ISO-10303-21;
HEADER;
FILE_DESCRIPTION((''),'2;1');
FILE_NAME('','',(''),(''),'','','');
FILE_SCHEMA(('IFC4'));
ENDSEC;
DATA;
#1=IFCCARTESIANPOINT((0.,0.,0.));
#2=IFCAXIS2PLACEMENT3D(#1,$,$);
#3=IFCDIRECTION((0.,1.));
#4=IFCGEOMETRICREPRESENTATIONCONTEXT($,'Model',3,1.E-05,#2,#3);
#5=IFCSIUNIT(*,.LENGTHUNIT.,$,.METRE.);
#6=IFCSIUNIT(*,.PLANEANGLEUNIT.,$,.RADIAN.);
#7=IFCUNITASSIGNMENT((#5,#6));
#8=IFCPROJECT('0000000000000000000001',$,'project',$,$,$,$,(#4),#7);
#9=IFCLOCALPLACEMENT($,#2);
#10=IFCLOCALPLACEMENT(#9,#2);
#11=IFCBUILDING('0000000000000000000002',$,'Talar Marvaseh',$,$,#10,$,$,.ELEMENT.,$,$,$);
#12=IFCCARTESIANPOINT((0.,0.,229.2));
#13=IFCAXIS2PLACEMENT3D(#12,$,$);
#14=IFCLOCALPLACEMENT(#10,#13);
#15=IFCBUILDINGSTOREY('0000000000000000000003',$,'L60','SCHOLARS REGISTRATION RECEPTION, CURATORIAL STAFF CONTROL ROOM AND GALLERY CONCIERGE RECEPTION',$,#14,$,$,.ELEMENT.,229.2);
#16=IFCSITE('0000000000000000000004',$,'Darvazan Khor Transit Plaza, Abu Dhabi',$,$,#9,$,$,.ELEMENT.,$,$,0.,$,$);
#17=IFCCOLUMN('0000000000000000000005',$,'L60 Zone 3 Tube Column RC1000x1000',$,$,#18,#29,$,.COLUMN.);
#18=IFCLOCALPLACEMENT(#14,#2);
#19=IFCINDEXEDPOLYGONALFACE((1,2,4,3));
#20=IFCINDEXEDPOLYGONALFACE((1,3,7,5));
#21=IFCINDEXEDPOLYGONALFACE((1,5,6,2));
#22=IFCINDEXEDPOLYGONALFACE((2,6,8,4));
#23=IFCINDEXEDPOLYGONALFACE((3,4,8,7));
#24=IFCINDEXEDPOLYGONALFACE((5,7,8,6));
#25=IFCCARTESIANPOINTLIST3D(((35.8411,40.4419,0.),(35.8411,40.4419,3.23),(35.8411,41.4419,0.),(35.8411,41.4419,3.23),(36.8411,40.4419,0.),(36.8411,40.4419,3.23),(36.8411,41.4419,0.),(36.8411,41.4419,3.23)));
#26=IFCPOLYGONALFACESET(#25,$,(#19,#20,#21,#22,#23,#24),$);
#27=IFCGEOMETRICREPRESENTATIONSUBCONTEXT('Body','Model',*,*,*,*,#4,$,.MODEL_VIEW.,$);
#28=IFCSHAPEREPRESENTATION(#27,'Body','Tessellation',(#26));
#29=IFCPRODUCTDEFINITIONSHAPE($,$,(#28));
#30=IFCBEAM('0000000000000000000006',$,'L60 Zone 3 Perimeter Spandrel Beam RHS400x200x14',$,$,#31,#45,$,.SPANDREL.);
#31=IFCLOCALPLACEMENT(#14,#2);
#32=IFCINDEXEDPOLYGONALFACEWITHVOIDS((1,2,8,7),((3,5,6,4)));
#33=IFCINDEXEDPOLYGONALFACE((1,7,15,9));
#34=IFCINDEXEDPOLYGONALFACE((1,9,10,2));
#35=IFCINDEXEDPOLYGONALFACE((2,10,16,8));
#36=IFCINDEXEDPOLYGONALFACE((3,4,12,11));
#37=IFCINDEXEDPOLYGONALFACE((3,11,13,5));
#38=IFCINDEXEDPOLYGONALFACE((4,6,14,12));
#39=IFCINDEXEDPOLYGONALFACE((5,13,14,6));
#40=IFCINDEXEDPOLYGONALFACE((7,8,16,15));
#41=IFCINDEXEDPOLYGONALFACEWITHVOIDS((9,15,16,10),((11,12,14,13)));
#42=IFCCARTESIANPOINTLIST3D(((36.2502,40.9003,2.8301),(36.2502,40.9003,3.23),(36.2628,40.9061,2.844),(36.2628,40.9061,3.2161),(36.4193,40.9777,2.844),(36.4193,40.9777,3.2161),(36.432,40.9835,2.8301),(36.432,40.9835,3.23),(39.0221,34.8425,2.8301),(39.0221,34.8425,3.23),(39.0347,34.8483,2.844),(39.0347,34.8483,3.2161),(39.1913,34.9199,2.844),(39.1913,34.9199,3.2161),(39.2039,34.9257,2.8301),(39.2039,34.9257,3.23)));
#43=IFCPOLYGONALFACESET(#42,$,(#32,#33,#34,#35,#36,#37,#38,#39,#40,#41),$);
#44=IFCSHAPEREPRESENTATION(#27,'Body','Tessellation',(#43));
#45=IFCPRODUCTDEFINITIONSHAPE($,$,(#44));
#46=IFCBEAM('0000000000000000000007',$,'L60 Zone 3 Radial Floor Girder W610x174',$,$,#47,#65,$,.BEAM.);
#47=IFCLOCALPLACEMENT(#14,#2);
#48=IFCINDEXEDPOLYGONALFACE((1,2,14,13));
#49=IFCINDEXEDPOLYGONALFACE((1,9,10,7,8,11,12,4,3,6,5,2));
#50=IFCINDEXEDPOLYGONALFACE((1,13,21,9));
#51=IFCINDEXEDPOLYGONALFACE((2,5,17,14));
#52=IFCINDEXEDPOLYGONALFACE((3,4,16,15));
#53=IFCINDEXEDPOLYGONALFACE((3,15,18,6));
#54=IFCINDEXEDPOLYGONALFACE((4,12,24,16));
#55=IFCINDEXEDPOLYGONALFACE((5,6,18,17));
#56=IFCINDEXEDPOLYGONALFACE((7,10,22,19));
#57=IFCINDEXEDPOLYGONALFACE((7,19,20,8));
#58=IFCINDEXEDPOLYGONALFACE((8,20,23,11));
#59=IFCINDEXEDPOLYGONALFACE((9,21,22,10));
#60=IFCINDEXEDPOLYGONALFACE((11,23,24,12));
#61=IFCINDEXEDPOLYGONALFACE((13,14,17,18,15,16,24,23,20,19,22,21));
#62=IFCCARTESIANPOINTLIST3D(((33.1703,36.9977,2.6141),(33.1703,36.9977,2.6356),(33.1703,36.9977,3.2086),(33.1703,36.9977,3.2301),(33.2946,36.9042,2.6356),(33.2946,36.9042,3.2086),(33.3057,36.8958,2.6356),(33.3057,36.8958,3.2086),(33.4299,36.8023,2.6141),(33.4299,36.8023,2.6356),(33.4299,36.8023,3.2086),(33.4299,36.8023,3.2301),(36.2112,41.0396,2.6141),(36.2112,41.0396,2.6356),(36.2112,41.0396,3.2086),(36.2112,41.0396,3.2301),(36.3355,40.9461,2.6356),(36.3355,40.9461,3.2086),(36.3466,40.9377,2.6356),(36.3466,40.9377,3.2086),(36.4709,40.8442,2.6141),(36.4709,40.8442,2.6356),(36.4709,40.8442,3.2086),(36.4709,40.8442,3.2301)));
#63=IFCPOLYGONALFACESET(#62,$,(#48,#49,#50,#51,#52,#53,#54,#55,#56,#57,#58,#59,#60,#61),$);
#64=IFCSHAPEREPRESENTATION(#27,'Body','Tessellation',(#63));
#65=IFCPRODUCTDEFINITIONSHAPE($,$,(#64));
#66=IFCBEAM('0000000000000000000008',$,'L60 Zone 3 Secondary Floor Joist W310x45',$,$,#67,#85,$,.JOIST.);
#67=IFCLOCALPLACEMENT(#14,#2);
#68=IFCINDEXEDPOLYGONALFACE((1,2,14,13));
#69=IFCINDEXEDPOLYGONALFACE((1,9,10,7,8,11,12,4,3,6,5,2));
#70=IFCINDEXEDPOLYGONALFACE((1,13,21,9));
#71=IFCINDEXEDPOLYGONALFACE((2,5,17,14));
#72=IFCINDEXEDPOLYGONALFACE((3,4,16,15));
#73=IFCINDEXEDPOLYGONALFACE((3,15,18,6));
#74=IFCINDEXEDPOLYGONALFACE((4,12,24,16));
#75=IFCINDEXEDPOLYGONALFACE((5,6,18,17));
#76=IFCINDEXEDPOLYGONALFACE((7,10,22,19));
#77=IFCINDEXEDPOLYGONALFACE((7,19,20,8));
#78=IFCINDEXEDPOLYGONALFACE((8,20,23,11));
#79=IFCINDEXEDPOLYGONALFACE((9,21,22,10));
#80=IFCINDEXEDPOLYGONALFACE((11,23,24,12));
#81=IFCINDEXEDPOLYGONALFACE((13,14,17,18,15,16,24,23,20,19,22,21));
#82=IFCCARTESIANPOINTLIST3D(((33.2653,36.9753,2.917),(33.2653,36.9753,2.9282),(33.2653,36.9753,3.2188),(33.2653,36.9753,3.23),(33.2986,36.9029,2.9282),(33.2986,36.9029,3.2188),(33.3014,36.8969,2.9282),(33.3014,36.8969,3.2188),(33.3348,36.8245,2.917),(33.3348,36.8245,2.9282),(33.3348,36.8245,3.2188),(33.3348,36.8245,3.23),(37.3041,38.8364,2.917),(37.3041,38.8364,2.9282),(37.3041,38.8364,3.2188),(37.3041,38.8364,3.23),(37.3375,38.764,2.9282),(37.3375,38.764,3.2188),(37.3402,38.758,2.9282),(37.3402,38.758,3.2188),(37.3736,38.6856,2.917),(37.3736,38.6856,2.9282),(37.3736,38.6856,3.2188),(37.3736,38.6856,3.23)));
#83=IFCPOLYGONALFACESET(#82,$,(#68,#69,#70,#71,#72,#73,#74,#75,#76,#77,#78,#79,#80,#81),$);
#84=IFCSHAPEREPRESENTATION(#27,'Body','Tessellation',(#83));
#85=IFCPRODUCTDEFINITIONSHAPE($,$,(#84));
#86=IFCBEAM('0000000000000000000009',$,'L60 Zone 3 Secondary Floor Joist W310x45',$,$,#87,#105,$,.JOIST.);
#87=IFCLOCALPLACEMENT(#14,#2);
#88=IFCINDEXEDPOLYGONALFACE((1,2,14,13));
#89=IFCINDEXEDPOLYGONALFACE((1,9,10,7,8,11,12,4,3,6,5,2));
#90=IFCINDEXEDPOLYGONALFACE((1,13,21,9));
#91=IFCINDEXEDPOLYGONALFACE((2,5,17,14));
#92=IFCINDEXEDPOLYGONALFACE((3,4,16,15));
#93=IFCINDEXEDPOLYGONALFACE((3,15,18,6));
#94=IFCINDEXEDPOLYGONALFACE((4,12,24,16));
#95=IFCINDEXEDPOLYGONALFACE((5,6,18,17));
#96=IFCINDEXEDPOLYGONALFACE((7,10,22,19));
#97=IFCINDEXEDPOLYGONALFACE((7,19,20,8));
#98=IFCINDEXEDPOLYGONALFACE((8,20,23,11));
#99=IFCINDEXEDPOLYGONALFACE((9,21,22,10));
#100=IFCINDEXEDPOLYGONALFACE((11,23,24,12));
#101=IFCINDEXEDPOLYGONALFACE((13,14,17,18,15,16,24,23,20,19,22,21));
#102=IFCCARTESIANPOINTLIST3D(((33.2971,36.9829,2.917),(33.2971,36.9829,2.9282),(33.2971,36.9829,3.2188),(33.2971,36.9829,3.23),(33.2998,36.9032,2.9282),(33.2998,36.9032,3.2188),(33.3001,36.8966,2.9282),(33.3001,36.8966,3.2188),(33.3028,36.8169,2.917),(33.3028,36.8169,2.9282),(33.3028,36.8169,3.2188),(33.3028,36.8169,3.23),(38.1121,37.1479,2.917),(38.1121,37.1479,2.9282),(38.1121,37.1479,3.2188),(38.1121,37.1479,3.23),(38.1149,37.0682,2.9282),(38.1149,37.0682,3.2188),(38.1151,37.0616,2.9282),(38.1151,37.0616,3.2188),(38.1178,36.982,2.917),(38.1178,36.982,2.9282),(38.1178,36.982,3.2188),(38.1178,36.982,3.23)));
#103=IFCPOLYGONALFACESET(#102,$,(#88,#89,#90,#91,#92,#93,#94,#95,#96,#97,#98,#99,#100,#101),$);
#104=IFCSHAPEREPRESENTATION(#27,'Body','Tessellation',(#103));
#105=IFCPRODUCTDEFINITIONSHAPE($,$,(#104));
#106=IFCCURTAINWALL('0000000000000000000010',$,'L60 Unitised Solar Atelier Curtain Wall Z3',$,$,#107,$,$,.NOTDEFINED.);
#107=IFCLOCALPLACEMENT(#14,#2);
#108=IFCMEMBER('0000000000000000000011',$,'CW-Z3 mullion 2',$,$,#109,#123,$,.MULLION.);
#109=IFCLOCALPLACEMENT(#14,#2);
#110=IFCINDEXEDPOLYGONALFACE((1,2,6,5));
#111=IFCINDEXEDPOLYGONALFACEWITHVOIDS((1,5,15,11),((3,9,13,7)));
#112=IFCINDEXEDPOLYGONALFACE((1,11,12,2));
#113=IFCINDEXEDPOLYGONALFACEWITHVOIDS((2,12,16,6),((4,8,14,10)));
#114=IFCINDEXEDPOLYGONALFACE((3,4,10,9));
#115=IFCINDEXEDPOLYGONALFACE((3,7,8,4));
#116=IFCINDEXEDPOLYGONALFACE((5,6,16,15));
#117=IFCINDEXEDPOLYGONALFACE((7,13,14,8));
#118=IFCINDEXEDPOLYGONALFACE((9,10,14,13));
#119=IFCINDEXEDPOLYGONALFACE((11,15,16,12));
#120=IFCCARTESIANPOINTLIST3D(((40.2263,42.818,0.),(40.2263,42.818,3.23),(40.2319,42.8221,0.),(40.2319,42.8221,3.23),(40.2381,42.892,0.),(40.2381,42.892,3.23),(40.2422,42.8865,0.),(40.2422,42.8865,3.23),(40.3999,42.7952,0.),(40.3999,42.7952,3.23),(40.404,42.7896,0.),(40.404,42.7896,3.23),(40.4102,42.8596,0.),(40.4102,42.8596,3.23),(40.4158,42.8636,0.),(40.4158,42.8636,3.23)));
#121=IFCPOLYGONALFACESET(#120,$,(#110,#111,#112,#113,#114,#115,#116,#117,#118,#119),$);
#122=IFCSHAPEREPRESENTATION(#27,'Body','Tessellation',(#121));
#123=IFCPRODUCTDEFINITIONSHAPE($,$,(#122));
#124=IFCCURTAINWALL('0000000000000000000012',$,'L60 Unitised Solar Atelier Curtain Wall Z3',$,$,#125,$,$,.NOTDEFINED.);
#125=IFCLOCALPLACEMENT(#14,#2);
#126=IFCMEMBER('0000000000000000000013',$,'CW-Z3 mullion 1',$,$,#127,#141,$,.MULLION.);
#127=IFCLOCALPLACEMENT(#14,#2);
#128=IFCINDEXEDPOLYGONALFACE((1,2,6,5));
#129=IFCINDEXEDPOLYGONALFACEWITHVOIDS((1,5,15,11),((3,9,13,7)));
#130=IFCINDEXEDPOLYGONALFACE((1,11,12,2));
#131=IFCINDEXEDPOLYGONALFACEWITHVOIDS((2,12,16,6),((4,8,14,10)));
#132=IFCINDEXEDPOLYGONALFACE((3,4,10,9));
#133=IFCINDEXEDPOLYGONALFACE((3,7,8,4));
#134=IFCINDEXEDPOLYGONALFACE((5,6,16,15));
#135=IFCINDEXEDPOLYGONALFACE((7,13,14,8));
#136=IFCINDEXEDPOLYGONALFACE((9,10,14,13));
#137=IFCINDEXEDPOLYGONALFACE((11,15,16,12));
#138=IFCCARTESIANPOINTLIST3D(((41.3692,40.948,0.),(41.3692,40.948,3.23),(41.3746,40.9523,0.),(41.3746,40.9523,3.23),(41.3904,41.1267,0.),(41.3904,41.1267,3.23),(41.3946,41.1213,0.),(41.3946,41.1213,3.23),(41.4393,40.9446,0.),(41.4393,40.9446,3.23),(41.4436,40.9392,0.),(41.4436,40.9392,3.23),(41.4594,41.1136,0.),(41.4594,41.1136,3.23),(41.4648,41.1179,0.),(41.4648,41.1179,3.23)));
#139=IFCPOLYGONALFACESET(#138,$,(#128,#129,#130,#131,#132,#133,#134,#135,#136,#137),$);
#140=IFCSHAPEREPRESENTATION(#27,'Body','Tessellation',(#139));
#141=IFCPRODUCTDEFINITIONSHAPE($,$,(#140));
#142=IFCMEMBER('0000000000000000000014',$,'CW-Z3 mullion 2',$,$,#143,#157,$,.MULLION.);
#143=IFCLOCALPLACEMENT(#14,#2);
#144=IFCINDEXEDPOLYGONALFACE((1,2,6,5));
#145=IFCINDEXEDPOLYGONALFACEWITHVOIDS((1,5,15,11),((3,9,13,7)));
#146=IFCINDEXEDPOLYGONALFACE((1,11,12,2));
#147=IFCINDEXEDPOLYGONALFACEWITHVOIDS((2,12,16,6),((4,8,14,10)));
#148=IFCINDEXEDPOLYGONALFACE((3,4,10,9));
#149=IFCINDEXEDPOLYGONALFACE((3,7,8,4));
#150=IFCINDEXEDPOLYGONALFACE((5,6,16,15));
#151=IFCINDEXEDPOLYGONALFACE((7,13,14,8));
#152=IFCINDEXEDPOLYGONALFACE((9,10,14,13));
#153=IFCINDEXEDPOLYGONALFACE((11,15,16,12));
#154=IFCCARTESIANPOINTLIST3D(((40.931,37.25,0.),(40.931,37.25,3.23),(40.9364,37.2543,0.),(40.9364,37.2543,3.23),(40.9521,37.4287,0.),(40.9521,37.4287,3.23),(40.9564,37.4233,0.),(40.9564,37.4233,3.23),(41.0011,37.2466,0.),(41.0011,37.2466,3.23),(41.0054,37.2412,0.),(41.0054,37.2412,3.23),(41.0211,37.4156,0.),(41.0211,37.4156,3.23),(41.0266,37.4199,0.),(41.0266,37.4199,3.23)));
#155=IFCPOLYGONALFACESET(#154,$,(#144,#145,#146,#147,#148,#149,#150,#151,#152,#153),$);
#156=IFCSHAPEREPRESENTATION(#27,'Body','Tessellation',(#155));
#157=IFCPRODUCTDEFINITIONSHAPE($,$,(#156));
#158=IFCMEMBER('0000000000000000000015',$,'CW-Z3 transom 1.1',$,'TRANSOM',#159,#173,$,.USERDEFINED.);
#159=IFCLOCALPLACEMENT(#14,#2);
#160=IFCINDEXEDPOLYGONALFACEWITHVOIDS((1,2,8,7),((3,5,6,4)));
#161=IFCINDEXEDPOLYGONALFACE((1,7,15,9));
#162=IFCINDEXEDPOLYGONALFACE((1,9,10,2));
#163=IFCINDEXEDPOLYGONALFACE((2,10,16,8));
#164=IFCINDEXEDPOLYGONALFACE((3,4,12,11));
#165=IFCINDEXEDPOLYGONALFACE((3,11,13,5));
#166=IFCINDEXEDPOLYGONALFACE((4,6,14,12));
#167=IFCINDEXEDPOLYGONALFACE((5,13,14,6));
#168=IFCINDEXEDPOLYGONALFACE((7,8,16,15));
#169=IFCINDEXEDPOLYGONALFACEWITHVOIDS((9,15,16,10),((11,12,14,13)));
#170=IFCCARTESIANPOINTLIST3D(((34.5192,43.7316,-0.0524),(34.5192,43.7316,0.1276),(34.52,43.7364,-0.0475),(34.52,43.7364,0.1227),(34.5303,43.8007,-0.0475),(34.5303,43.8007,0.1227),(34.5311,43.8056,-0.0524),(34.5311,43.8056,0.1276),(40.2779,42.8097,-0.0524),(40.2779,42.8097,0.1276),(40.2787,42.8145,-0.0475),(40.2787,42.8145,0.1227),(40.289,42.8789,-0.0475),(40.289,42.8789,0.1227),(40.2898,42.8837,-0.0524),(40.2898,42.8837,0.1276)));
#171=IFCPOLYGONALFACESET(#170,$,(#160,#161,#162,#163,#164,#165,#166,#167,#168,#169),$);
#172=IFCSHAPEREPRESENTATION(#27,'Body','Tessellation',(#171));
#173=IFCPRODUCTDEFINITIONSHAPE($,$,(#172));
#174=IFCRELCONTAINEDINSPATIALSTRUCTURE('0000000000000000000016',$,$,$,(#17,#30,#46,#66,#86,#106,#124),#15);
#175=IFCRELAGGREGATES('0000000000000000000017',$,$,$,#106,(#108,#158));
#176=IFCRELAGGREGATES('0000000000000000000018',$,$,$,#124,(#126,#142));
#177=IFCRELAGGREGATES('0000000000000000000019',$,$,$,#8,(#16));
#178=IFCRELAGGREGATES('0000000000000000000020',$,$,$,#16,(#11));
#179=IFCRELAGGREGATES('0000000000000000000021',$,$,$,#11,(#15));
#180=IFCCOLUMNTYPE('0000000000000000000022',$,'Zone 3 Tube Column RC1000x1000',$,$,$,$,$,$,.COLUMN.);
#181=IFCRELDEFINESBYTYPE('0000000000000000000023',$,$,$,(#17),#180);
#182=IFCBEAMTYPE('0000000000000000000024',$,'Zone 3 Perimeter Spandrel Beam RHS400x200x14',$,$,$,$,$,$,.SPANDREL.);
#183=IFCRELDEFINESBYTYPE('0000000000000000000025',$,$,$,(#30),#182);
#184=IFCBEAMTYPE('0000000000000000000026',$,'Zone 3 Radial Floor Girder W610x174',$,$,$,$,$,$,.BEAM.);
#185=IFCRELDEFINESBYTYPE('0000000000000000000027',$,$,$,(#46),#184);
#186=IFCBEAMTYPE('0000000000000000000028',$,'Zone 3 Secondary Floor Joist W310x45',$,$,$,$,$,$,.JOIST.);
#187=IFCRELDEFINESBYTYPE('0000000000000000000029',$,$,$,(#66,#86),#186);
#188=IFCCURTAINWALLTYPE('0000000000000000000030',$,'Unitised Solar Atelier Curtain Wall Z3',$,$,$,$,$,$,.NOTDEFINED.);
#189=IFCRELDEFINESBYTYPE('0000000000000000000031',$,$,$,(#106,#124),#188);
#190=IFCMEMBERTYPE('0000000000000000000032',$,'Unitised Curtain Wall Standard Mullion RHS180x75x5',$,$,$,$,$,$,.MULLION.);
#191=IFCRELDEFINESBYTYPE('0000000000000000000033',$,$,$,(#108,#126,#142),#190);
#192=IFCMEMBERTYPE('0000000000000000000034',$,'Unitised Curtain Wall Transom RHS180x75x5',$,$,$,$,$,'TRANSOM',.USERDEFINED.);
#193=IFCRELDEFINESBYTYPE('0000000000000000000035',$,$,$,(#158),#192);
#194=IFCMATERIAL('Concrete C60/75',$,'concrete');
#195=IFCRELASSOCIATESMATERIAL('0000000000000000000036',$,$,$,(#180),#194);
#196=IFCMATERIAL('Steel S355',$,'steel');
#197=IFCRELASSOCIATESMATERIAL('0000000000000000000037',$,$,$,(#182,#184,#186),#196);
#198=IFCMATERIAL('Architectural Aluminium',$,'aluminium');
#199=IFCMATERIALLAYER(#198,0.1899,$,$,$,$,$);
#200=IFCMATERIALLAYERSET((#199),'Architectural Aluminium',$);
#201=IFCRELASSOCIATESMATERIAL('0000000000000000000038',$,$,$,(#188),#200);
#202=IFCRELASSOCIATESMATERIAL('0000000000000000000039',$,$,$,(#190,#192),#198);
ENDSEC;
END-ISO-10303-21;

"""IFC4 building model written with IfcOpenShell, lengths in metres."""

from ifc_helpers import new_model, si_unit, direction, frame, origin, origin_2d, place, context, subcontext, project, spatial, rectangle, hollow_rectangle, i_section, extrude, source, transform, mapped, material, layer, layer_set, material_profile, profile_set, type_object, type_shapes, element, aggregate, save


model = new_model("IFC4")

# Units and contexts
model_context = context("Model", 3, precision=1e-05, world=origin(), true_north=direction((0.0, 1.0)))
body_context = subcontext(model_context, "Body", "Model", "MODEL_VIEW")
ifc_project = project(units=[si_unit("LENGTHUNIT", "METRE"), si_unit("PLANEANGLEUNIT", "RADIAN")], contexts=[model_context])

# Site, building, storey
site_placement = place(None, origin())
site = spatial("IfcSite", under=ifc_project, at=site_placement, Name="Darvazan Khor Transit Plaza, Abu Dhabi", CompositionType="ELEMENT", RefElevation=0.0)
building_placement = place(site_placement, origin())
building = spatial("IfcBuilding", under=site, at=building_placement, Name="Talar Marvaseh", CompositionType="ELEMENT")
storey_placement = place(building_placement, frame((0.0, 0.0, 229.2)))
storey = spatial("IfcBuildingStorey", under=building, at=storey_placement, Name="L60", Description="SCHOLARS REGISTRATION RECEPTION, CURATORIAL STAFF CONTROL ROOM AND GALLERY CONCIERGE RECEPTION", CompositionType="ELEMENT", Elevation=229.2)

# Column
ifc_material_1 = material(Name="Concrete C60/75", Category="concrete")
ifc_material_profile_1 = material_profile(ifc_material_1, rectangle(XDim=1.0, YDim=1.0, at=origin_2d()), Name="RC1000x1000")
ifc_profile_set_1 = profile_set([ifc_material_profile_1], Name="Concrete C60/75")
column_type = type_object("IfcColumnType", Name="Zone 3 Tube Column RC1000x1000", PredefinedType="COLUMN", material=ifc_profile_set_1)
column_placement = place(storey_placement, frame((36.3411, 40.9419, 0.0), z_axis=(0.0, 0.0, 1.0), x_axis=(1.0, 0.0, 0.0)))
element("IfcColumn", 1, at=column_placement, inside=storey, type_object=column_type, Name="L60 Zone 3 Tube Column RC1000x1000", PredefinedType="COLUMN", context=body_context, shape_type="SweptSolid", body=[
    extrude(rectangle(XDim=1.0, YDim=1.0, at=origin_2d()), origin(), (0.0, 0.0, 1.0), 3.23),
])

# Beams
ifc_material_2 = material(Name="Steel S355", Category="steel")
ifc_material_profile_2 = material_profile(ifc_material_2, hollow_rectangle(XDim=0.2, YDim=0.3999, WallThickness=0.0139, at=origin_2d()), Name="RHS400x200x14")
ifc_profile_set_2 = profile_set([ifc_material_profile_2], Name="Steel S355")
beam_type_1 = type_object("IfcBeamType", Name="Zone 3 Perimeter Spandrel Beam RHS400x200x14", PredefinedType="SPANDREL", material=ifc_profile_set_2)
beam_1_placement = place(storey_placement, frame((36.3411, 40.9419, 3.03), z_axis=(0.416091, -0.909323, 0.0), x_axis=(0.909323, 0.416091, 0.0)))
element("IfcBeam", 2, at=beam_1_placement, inside=storey, type_object=beam_type_1, Name="L60 Zone 3 Perimeter Spandrel Beam RHS400x200x14", PredefinedType="SPANDREL", context=body_context, shape_type="SweptSolid", body=[
    extrude(hollow_rectangle(XDim=0.2, YDim=0.3999, WallThickness=0.0139, at=origin_2d()), origin(), (0.0, 0.0, 1.0), 6.6619),
])
ifc_material_profile_3 = material_profile(ifc_material_2, i_section(OverallWidth=0.325, OverallDepth=0.616, WebThickness=0.0139, FlangeThickness=0.0215, at=origin_2d()), Name="W610x174")
ifc_profile_set_3 = profile_set([ifc_material_profile_3], Name="Steel S355")
beam_type_2 = type_object("IfcBeamType", Name="Zone 3 Radial Floor Girder W610x174", PredefinedType="BEAM", material=ifc_profile_set_3)
beam_2_placement = place(storey_placement, frame((36.3411, 40.9419, 2.9221), z_axis=(-0.601204, -0.799096, 0.0), x_axis=(0.799096, -0.601204, 0.0)))
element("IfcBeam", 3, at=beam_2_placement, inside=storey, type_object=beam_type_2, Name="L60 Zone 3 Radial Floor Girder W610x174", PredefinedType="BEAM", context=body_context, shape_type="SweptSolid", body=[
    extrude(i_section(OverallWidth=0.325, OverallDepth=0.616, WebThickness=0.0139, FlangeThickness=0.0215, at=origin_2d()), origin(), (0.0, 0.0, 1.0), 5.0581),
])
ifc_material_profile_4 = material_profile(ifc_material_2, i_section(OverallWidth=0.166, OverallDepth=0.313, WebThickness=0.0066, FlangeThickness=0.0112, at=origin_2d()), Name="W310x45")
ifc_profile_set_4 = profile_set([ifc_material_profile_4], Name="Steel S355")
beam_type_3 = type_object("IfcBeamType", Name="Zone 3 Secondary Floor Joist W310x45", PredefinedType="JOIST", material=ifc_profile_set_4)
beam_3_placement = place(storey_placement, frame((37.3389, 38.761, 3.0735), z_axis=(-0.908215, -0.418505, 0.0), x_axis=(0.418505, -0.908215, 0.0)))
element("IfcBeam", 4, at=beam_3_placement, inside=storey, type_object=beam_type_3, Name="L60 Zone 3 Secondary Floor Joist W310x45", PredefinedType="JOIST", context=body_context, shape_type="SweptSolid", body=[
    extrude(i_section(OverallWidth=0.166, OverallDepth=0.313, WebThickness=0.0066, FlangeThickness=0.0112, at=origin_2d()), origin(), (0.0, 0.0, 1.0), 4.447),
])
beam_4_placement = place(storey_placement, frame((38.115, 37.0649, 3.0735), z_axis=(-0.999413, -0.034256, 0.0), x_axis=(0.034256, -0.999413, 0.0)))
element("IfcBeam", 5, at=beam_4_placement, inside=storey, type_object=beam_type_3, Name="L60 Zone 3 Secondary Floor Joist W310x45", PredefinedType="JOIST", context=body_context, shape_type="SweptSolid", body=[
    extrude(i_section(OverallWidth=0.166, OverallDepth=0.313, WebThickness=0.0066, FlangeThickness=0.0112, at=origin_2d()), origin(), (0.0, 0.0, 1.0), 4.8179),
])

# Curtain wall, member
ifc_material_3 = material(Name="Architectural Aluminium", Category="aluminium")
ifc_layer_1 = layer(ifc_material_3, 0.1899)
ifc_layer_set_1 = layer_set([ifc_layer_1], Name="Architectural Aluminium")
curtain_wall_type = type_object("IfcCurtainWallType", Name="Unitised Solar Atelier Curtain Wall Z3", PredefinedType="NOTDEFINED", material=ifc_layer_set_1)
curtain_wall_1_placement = place(storey_placement, origin())
curtain_wall_1 = element("IfcCurtainWall", 6, at=curtain_wall_1_placement, inside=storey, type_object=curtain_wall_type, Name="L60 Unitised Solar Atelier Curtain Wall Z3", PredefinedType="NOTDEFINED")
ifc_material_profile_5 = material_profile(ifc_material_3, hollow_rectangle(XDim=0.075, YDim=0.1799, WallThickness=0.0049, at=origin_2d()), Name="RHS180x75x5")
ifc_profile_set_5 = profile_set([ifc_material_profile_5], Name="Architectural Aluminium")
member_type_1 = type_object("IfcMemberType", Name="Unitised Curtain Wall Standard Mullion RHS180x75x5", PredefinedType="MULLION", material=ifc_profile_set_5)
shared_shape_1 = source(origin(), body_context, "Body", "SweptSolid", [
    extrude(hollow_rectangle(XDim=0.075, YDim=0.1799, WallThickness=0.0049, at=origin_2d()), origin(), (0.0, 0.0, 1.0), 3.23),
])
type_shapes(member_type_1, [shared_shape_1])
member_1_placement = place(storey_placement, frame((40.321, 42.8408, 0.0), z_axis=(0.0, 0.0, 1.0), x_axis=(0.158085, 0.987426, 0.0)))
member_1 = element("IfcMember", 7, at=member_1_placement, type_object=member_type_1, Name="CW-Z3 mullion 2", PredefinedType="MULLION", context=body_context, shape_type="MappedRepresentation", body=[
    mapped(shared_shape_1, transform((0.0, 0.0, 0.0), x_axis=(1.0, 0.0, 0.0), y_axis=(0.0, 1.0, 0.0), z_axis=(0.0, 0.0, 1.0), scale=1.0)),
])

# Curtain wall, members
curtain_wall_2_placement = place(storey_placement, origin())
curtain_wall_2 = element("IfcCurtainWall", 8, at=curtain_wall_2_placement, inside=storey, type_object=curtain_wall_type, Name="L60 Unitised Solar Atelier Curtain Wall Z3", PredefinedType="NOTDEFINED")
member_2_placement = place(storey_placement, frame((41.417, 41.033, 0.0), z_axis=(0.0, 0.0, 1.0), x_axis=(0.993051, -0.117689, 0.0)))
member_2 = element("IfcMember", 9, at=member_2_placement, type_object=member_type_1, Name="CW-Z3 mullion 1", PredefinedType="MULLION", context=body_context, shape_type="MappedRepresentation", body=[
    mapped(shared_shape_1, transform((0.0, 0.0, 0.0), x_axis=(1.0, 0.0, 0.0), y_axis=(0.0, 1.0, 0.0), z_axis=(0.0, 0.0, 1.0), scale=1.0)),
])
member_3_placement = place(storey_placement, frame((40.9788, 37.335, 0.0), z_axis=(0.0, 0.0, 1.0), x_axis=(0.993051, -0.117689, 0.0)))
member_3 = element("IfcMember", 10, at=member_3_placement, type_object=member_type_1, Name="CW-Z3 mullion 2", PredefinedType="MULLION", context=body_context, shape_type="MappedRepresentation", body=[
    mapped(shared_shape_1, transform((0.0, 0.0, 0.0), x_axis=(1.0, 0.0, 0.0), y_axis=(0.0, 1.0, 0.0), z_axis=(0.0, 0.0, 1.0), scale=1.0)),
])

# Member
ifc_material_profile_6 = material_profile(ifc_material_3, hollow_rectangle(XDim=0.075, YDim=0.1799, WallThickness=0.0049, at=origin_2d()), Name="RHS180x75x5")
ifc_profile_set_6 = profile_set([ifc_material_profile_6], Name="Architectural Aluminium")
member_type_2 = type_object("IfcMemberType", Name="Unitised Curtain Wall Transom RHS180x75x5", ElementType="TRANSOM", PredefinedType="USERDEFINED", material=ifc_profile_set_6)
shared_shape_2 = source(origin(), body_context, "Body", "SweptSolid", [
    extrude(hollow_rectangle(XDim=0.075, YDim=0.1799, WallThickness=0.0049, at=origin_2d()), origin(), (0.0, 0.0, 1.0), 5.832),
])
member_4_placement = place(storey_placement, frame((34.5251, 43.7686, 0.0376), z_axis=(0.987428, -0.158069, 0.0), x_axis=(0.158069, 0.987428, 0.0)))
member_4 = element("IfcMember", 11, at=member_4_placement, type_object=member_type_2, Name="CW-Z3 transom 1.1", ObjectType="TRANSOM", PredefinedType="USERDEFINED", context=body_context, shape_type="MappedRepresentation", body=[
    mapped(shared_shape_2, transform((0.0, 0.0, 0.0), x_axis=(1.0, 0.0, 0.0), y_axis=(0.0, 1.0, 0.0), z_axis=(0.0, 0.0, 1.0), scale=1.0)),
])

aggregate(curtain_wall_1, [member_1, member_4])
aggregate(curtain_wall_2, [member_2, member_3])

save(model, "model.ifc")
